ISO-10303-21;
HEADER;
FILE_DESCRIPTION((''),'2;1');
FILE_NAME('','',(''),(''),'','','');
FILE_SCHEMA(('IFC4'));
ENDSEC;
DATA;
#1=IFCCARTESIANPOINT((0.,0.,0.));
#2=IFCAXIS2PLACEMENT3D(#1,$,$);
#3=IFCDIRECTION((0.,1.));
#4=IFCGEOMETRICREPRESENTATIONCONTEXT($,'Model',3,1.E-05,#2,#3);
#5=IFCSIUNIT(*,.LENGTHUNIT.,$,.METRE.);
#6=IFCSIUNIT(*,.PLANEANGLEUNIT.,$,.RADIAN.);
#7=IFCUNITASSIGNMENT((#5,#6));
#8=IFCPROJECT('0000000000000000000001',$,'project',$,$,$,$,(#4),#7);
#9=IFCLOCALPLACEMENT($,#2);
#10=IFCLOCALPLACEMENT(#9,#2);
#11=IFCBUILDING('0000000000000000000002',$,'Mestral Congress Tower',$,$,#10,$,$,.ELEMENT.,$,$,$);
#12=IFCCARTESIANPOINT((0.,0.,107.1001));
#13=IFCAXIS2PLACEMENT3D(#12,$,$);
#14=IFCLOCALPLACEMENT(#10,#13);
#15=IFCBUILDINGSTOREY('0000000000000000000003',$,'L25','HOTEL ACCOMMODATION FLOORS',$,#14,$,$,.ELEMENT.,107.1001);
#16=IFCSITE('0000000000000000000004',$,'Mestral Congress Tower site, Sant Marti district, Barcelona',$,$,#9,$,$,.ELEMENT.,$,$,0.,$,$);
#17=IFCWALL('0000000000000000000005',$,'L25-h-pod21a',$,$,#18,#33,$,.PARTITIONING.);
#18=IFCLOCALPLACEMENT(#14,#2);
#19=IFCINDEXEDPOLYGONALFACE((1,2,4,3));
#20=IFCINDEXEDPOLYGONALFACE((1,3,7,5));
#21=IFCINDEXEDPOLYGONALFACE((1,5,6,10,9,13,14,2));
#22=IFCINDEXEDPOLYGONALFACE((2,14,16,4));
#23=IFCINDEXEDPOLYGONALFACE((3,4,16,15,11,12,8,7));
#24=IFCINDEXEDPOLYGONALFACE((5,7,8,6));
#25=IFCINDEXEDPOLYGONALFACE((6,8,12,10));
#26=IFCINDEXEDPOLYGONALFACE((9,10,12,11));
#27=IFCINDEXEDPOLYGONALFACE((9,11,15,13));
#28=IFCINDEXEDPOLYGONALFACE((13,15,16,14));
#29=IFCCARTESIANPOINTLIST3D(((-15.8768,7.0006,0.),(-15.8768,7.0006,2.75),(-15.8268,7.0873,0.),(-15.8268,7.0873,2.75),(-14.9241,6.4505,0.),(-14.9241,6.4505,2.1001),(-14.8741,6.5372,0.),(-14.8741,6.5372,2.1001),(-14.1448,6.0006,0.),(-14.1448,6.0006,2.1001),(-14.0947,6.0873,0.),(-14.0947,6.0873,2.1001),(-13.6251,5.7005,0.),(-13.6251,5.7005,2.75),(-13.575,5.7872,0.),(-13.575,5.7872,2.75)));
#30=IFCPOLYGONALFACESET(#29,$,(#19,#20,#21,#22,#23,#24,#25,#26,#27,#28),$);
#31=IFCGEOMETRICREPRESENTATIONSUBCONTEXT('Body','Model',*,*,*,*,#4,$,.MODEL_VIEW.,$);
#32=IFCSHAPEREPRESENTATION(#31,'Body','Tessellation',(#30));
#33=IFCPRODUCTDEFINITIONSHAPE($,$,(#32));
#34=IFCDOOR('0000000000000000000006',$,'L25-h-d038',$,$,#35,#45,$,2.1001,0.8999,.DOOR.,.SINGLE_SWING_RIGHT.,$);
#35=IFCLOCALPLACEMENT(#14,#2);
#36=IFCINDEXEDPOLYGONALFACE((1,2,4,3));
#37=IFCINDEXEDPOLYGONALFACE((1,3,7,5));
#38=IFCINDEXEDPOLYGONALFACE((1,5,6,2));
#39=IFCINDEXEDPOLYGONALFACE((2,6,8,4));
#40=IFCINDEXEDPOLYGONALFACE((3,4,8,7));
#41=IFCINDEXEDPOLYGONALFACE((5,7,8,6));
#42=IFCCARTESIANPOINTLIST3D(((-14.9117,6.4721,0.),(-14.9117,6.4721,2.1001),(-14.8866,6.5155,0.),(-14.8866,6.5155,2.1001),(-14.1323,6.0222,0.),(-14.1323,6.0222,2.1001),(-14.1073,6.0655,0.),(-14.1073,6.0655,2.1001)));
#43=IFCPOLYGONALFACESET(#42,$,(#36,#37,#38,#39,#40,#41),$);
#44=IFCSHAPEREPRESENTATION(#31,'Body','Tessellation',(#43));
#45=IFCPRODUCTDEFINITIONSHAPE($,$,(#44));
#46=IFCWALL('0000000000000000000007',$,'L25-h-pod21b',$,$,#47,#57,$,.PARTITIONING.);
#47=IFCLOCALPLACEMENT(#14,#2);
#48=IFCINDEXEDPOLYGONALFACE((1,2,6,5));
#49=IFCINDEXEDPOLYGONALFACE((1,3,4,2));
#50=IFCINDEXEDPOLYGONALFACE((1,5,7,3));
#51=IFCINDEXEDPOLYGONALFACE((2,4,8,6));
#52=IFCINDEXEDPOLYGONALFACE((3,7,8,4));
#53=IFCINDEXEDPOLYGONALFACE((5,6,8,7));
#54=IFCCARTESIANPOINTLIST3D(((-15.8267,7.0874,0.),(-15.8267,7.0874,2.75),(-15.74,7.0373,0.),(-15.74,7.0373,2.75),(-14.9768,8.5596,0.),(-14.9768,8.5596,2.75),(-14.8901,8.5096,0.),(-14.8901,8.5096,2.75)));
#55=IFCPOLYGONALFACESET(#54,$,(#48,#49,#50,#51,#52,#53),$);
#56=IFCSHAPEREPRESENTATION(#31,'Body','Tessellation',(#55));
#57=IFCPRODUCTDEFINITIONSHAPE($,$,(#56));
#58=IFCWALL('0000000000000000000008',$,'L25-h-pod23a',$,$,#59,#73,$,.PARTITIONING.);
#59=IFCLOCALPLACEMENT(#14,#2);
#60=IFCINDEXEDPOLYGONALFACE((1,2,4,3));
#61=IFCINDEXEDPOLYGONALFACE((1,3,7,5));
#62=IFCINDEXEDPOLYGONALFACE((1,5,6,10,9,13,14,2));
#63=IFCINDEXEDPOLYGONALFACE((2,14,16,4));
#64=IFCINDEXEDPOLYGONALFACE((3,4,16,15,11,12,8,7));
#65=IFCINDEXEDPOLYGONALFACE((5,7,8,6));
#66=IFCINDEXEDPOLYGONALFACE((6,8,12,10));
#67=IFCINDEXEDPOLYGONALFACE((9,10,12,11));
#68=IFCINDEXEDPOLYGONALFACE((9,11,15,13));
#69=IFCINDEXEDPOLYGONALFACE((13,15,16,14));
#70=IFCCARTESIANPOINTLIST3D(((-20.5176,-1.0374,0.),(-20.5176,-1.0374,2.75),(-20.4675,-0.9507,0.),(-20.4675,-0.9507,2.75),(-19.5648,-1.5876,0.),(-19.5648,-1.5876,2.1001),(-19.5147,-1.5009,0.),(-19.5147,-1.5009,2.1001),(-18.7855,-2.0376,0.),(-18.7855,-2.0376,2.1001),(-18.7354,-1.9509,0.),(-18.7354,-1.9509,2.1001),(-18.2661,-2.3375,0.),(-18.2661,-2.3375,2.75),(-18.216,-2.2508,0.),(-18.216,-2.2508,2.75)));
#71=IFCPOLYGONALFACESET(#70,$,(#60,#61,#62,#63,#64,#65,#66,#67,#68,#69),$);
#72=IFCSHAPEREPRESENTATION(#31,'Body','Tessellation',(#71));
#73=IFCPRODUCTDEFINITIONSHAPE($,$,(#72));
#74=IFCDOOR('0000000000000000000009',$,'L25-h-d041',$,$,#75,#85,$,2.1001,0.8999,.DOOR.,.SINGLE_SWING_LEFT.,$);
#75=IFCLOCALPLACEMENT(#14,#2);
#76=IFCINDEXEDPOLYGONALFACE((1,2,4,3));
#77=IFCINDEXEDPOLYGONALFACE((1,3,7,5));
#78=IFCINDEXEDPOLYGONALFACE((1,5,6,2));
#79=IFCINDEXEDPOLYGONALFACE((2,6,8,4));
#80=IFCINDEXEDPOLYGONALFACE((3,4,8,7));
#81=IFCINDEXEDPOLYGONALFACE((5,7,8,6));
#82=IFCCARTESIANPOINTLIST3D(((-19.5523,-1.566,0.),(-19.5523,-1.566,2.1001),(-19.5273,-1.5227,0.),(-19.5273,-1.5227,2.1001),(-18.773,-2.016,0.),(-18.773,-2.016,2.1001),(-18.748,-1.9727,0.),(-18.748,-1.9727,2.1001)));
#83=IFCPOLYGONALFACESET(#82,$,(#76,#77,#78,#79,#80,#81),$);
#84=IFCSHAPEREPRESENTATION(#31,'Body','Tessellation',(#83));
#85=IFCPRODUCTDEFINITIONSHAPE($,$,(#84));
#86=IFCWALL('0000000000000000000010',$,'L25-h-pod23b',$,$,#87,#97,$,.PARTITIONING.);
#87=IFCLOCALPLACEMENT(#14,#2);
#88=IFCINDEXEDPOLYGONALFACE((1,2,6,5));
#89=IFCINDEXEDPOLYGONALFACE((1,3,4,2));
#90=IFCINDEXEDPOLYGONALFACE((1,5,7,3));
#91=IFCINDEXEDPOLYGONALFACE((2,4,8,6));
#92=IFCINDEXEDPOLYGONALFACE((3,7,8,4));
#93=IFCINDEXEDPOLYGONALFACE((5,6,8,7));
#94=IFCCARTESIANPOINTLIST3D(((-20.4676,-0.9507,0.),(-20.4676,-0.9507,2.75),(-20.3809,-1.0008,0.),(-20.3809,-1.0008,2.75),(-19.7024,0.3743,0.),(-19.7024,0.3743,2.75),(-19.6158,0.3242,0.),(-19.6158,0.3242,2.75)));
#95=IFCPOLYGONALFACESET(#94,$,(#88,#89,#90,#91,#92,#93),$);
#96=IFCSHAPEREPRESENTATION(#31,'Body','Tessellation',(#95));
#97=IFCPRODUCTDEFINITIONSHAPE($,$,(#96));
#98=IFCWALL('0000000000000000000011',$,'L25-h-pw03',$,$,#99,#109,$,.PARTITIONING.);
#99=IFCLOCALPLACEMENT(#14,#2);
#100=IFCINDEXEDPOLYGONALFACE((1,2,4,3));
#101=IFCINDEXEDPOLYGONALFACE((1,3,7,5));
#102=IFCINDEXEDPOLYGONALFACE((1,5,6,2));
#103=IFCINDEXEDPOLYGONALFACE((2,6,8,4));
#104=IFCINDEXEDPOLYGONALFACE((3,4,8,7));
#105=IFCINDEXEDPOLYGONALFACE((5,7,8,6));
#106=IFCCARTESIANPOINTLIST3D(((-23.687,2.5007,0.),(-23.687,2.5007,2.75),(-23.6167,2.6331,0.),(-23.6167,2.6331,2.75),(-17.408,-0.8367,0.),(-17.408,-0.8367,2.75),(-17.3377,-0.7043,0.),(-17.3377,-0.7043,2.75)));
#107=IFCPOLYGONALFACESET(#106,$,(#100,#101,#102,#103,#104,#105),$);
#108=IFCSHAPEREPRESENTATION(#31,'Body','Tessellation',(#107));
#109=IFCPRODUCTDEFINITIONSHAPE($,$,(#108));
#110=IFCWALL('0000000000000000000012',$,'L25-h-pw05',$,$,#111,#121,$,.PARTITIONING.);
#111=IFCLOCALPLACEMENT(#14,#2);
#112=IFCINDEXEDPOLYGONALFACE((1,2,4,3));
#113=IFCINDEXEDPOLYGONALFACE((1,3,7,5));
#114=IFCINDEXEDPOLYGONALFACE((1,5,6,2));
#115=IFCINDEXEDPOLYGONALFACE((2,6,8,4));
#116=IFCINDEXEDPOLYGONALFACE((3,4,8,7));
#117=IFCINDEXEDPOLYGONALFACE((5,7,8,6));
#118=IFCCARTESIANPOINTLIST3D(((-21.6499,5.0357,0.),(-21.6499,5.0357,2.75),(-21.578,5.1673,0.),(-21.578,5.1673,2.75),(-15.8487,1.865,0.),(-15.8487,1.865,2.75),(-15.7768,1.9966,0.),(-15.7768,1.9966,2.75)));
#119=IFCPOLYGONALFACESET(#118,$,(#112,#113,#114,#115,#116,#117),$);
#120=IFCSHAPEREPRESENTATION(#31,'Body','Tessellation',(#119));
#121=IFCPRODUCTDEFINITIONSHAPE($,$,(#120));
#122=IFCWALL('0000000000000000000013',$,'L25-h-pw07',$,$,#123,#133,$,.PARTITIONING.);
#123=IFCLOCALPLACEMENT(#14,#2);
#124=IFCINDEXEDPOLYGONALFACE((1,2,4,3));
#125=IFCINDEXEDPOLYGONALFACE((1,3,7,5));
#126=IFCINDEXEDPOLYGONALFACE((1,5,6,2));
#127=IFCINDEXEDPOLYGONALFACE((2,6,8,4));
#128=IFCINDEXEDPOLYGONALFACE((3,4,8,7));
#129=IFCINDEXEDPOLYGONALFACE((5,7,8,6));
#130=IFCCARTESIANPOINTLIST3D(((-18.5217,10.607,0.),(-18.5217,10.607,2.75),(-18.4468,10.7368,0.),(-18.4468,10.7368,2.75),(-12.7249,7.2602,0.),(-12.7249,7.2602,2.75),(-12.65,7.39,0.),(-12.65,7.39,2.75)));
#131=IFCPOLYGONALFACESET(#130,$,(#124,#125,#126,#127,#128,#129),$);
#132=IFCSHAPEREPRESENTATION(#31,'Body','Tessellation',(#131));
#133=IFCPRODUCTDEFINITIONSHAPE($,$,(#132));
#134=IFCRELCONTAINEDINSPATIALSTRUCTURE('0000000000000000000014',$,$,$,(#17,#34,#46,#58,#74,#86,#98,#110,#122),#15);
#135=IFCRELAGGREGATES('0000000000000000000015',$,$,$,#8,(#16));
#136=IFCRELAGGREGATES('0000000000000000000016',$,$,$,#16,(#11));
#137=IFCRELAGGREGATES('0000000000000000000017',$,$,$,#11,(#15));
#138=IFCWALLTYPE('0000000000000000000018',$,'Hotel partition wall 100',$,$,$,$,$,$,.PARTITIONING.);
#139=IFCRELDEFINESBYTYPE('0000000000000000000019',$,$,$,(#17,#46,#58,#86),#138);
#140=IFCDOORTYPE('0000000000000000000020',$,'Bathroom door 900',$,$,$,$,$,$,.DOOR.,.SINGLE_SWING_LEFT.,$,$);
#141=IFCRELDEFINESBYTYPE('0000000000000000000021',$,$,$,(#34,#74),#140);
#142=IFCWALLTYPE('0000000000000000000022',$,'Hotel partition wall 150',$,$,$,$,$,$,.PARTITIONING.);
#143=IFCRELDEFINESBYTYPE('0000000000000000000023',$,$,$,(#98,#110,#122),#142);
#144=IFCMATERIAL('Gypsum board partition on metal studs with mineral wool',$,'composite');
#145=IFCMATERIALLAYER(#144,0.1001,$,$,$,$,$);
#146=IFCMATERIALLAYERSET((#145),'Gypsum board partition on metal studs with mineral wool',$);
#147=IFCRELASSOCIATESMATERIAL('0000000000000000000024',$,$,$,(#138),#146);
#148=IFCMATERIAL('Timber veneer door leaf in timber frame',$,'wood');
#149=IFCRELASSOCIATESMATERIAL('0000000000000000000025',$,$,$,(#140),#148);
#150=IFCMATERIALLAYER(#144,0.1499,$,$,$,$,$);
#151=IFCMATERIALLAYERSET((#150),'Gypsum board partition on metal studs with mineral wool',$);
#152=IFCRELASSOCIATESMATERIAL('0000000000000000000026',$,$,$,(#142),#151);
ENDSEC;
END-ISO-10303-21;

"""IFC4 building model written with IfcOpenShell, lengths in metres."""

from ifc_helpers import new_model, si_unit, direction, frame, frame_2d, origin, place, context, subcontext, project, spatial, rectangle, extrude, material, layer, layer_set, type_object, element, fill, save


model = new_model("IFC4")

# Units and contexts
model_context = context("Model", 3, precision=1e-05, world=origin(), true_north=direction((0.0, 1.0)))
body_context = subcontext(model_context, "Body", "Model", "MODEL_VIEW")
ifc_project = project(units=[si_unit("LENGTHUNIT", "METRE"), si_unit("PLANEANGLEUNIT", "RADIAN")], contexts=[model_context])

# Site, building, storey
site_placement = place(None, origin())
site = spatial("IfcSite", under=ifc_project, at=site_placement, Name="Mestral Congress Tower site, Sant Marti district, Barcelona", CompositionType="ELEMENT", RefElevation=0.0)
building_placement = place(site_placement, origin())
building = spatial("IfcBuilding", under=site, at=building_placement, Name="Mestral Congress Tower", CompositionType="ELEMENT")
storey_placement = place(building_placement, frame((0.0, 0.0, 107.1001)))
storey = spatial("IfcBuildingStorey", under=building, at=storey_placement, Name="L25", Description="HOTEL ACCOMMODATION FLOORS", CompositionType="ELEMENT", Elevation=107.1001)

# Wall, opening, door
ifc_material_1 = material(Name="Gypsum board partition on metal studs with mineral wool", Category="composite")
ifc_layer_1 = layer(ifc_material_1, 0.1001)
ifc_layer_set_1 = layer_set([ifc_layer_1], Name="Gypsum board partition on metal studs with mineral wool")
wall_type_1 = type_object("IfcWallType", Name="Hotel partition wall 100", PredefinedType="PARTITIONING", material=ifc_layer_set_1)
wall_1_placement = place(storey_placement, frame((-15.8518, 7.0439, 0.0), z_axis=(0.0, 0.0, 1.0), x_axis=(0.866021, -0.500007, 0.0)))
wall_1 = element("IfcWall", 1, at=wall_1_placement, inside=storey, type_object=wall_type_1, Name="L25-h-pod21a", PredefinedType="PARTITIONING", context=body_context, shape_type="SweptSolid", body=[
    extrude(rectangle(XDim=2.6001, YDim=0.1001, at=frame_2d((1.3, 0.0))), origin(), (0.0, 0.0, 1.0), 2.75),
])
opening_1_placement = place(wall_1_placement, frame((1.1001, 0.0, 0.0)))
opening_1 = element("IfcOpeningElement", 2, at=opening_1_placement, cuts=wall_1, PredefinedType="OPENING", context=body_context, shape_type="SweptSolid", body=[
    extrude(rectangle(XDim=0.8999, YDim=2.1001, at=frame_2d((0.45, 1.05))), frame((0.0, 0.0601, 0.0), z_axis=(0.0, -1.0, 0.0), x_axis=(1.0, 0.0, 0.0)), (0.0, 0.0, 1.0), 0.1201),
])
ifc_material_2 = material(Name="Timber veneer door leaf in timber frame", Category="wood")
door_type = type_object("IfcDoorType", Name="Bathroom door 900", OperationType="SINGLE_SWING_LEFT", PredefinedType="DOOR", material=ifc_material_2)
door_1_placement = place(opening_1_placement, origin())
door_1 = element("IfcDoor", 3, at=door_1_placement, inside=storey, type_object=door_type, Name="L25-h-d038", OperationType="SINGLE_SWING_RIGHT", OverallHeight=2.1001, OverallWidth=0.8999, PredefinedType="DOOR", context=body_context, shape_type="SweptSolid", body=[
    extrude(rectangle(XDim=0.8999, YDim=2.1001, at=frame_2d((0.45, 1.05))), frame((0.0, 0.0249, 0.0), z_axis=(0.0, -1.0, 0.0), x_axis=(1.0, 0.0, 0.0)), (0.0, 0.0, 1.0), 0.05),
])
fill(opening_1, door_1)

# Wall
wall_2_placement = place(storey_placement, frame((-15.7834, 7.0623, 0.0), z_axis=(0.0, 0.0, 1.0), x_axis=(0.499955, 0.866052, 0.0)))
element("IfcWall", 4, at=wall_2_placement, inside=storey, type_object=wall_type_1, Name="L25-h-pod21b", PredefinedType="PARTITIONING", context=body_context, shape_type="SweptSolid", body=[
    extrude(rectangle(XDim=1.7, YDim=0.1001, at=frame_2d((0.8501, 0.0))), origin(), (0.0, 0.0, 1.0), 2.75),
])

# Wall, opening, door
wall_3_placement = place(storey_placement, frame((-20.4924, -0.9941, 0.0), z_axis=(0.0, 0.0, 1.0), x_axis=(0.865998, -0.500048, 0.0)))
wall_3 = element("IfcWall", 5, at=wall_3_placement, inside=storey, type_object=wall_type_1, Name="L25-h-pod23a", PredefinedType="PARTITIONING", context=body_context, shape_type="SweptSolid", body=[
    extrude(rectangle(XDim=2.5999, YDim=0.1001, at=frame_2d((1.2998, 0.0))), origin(), (0.0, 0.0, 1.0), 2.75),
])
opening_2_placement = place(wall_3_placement, frame((1.1001, 0.0, 0.0)))
opening_2 = element("IfcOpeningElement", 6, at=opening_2_placement, cuts=wall_3, PredefinedType="OPENING", context=body_context, shape_type="SweptSolid", body=[
    extrude(rectangle(XDim=0.8999, YDim=2.1001, at=frame_2d((0.45, 1.05))), frame((0.0, 0.0601, 0.0), z_axis=(0.0, -1.0, 0.0), x_axis=(1.0, 0.0, 0.0)), (0.0, 0.0, 1.0), 0.1201),
])
door_2_placement = place(opening_2_placement, origin())
door_2 = element("IfcDoor", 7, at=door_2_placement, inside=storey, type_object=door_type, Name="L25-h-d041", OperationType="SINGLE_SWING_LEFT", OverallHeight=2.1001, OverallWidth=0.8999, PredefinedType="DOOR", context=body_context, shape_type="SweptSolid", body=[
    extrude(rectangle(XDim=0.8999, YDim=2.1001, at=frame_2d((0.45, 1.05))), frame((0.0, 0.0249, 0.0), z_axis=(0.0, -1.0, 0.0), x_axis=(1.0, 0.0, 0.0)), (0.0, 0.0, 1.0), 0.05),
])
fill(opening_2, door_2)

# Walls
wall_4_placement = place(storey_placement, frame((-20.4243, -0.9758, 0.0), z_axis=(0.0, 0.0, 1.0), x_axis=(0.500086, 0.865976, 0.0)))
element("IfcWall", 8, at=wall_4_placement, inside=storey, type_object=wall_type_1, Name="L25-h-pod23b", PredefinedType="PARTITIONING", context=body_context, shape_type="SweptSolid", body=[
    extrude(rectangle(XDim=1.53, YDim=0.1001, at=frame_2d((0.7651, 0.0))), origin(), (0.0, 0.0, 1.0), 2.75),
])
ifc_layer_2 = layer(ifc_material_1, 0.1499)
ifc_layer_set_2 = layer_set([ifc_layer_2], Name="Gypsum board partition on metal studs with mineral wool")
wall_type_2 = type_object("IfcWallType", Name="Hotel partition wall 150", PredefinedType="PARTITIONING", material=ifc_layer_set_2)
wall_5_placement = place(storey_placement, frame((-23.6519, 2.5669, 0.0), z_axis=(0.0, 0.0, 1.0), x_axis=(0.883019, -0.469337, 0.0)))
element("IfcWall", 9, at=wall_5_placement, inside=storey, type_object=wall_type_2, Name="L25-h-pw03", PredefinedType="PARTITIONING", context=body_context, shape_type="SweptSolid", body=[
    extrude(rectangle(XDim=7.1108, YDim=0.1499, at=frame_2d((3.5554, 0.0))), origin(), (0.0, 0.0, 1.0), 2.75),
])
wall_6_placement = place(storey_placement, frame((-21.614, 5.1016, 0.0), z_axis=(0.0, 0.0, 1.0), x_axis=(0.877485, -0.479605, 0.0)))
element("IfcWall", 10, at=wall_6_placement, inside=storey, type_object=wall_type_2, Name="L25-h-pw05", PredefinedType="PARTITIONING", context=body_context, shape_type="SweptSolid", body=[
    extrude(rectangle(XDim=6.6111, YDim=0.1499, at=frame_2d((3.3057, 0.0))), origin(), (0.0, 0.0, 1.0), 2.75),
])
wall_7_placement = place(storey_placement, frame((-18.4841, 10.6719, 0.0), z_axis=(0.0, 0.0, 1.0), x_axis=(0.866019, -0.500011, 0.0)))
element("IfcWall", 11, at=wall_7_placement, inside=storey, type_object=wall_type_2, Name="L25-h-pw07", PredefinedType="PARTITIONING", context=body_context, shape_type="SweptSolid", body=[
    extrude(rectangle(XDim=6.6936, YDim=0.1499, at=frame_2d((3.3467, 0.0))), origin(), (0.0, 0.0, 1.0), 2.75),
])

save(model, "model.ifc")
